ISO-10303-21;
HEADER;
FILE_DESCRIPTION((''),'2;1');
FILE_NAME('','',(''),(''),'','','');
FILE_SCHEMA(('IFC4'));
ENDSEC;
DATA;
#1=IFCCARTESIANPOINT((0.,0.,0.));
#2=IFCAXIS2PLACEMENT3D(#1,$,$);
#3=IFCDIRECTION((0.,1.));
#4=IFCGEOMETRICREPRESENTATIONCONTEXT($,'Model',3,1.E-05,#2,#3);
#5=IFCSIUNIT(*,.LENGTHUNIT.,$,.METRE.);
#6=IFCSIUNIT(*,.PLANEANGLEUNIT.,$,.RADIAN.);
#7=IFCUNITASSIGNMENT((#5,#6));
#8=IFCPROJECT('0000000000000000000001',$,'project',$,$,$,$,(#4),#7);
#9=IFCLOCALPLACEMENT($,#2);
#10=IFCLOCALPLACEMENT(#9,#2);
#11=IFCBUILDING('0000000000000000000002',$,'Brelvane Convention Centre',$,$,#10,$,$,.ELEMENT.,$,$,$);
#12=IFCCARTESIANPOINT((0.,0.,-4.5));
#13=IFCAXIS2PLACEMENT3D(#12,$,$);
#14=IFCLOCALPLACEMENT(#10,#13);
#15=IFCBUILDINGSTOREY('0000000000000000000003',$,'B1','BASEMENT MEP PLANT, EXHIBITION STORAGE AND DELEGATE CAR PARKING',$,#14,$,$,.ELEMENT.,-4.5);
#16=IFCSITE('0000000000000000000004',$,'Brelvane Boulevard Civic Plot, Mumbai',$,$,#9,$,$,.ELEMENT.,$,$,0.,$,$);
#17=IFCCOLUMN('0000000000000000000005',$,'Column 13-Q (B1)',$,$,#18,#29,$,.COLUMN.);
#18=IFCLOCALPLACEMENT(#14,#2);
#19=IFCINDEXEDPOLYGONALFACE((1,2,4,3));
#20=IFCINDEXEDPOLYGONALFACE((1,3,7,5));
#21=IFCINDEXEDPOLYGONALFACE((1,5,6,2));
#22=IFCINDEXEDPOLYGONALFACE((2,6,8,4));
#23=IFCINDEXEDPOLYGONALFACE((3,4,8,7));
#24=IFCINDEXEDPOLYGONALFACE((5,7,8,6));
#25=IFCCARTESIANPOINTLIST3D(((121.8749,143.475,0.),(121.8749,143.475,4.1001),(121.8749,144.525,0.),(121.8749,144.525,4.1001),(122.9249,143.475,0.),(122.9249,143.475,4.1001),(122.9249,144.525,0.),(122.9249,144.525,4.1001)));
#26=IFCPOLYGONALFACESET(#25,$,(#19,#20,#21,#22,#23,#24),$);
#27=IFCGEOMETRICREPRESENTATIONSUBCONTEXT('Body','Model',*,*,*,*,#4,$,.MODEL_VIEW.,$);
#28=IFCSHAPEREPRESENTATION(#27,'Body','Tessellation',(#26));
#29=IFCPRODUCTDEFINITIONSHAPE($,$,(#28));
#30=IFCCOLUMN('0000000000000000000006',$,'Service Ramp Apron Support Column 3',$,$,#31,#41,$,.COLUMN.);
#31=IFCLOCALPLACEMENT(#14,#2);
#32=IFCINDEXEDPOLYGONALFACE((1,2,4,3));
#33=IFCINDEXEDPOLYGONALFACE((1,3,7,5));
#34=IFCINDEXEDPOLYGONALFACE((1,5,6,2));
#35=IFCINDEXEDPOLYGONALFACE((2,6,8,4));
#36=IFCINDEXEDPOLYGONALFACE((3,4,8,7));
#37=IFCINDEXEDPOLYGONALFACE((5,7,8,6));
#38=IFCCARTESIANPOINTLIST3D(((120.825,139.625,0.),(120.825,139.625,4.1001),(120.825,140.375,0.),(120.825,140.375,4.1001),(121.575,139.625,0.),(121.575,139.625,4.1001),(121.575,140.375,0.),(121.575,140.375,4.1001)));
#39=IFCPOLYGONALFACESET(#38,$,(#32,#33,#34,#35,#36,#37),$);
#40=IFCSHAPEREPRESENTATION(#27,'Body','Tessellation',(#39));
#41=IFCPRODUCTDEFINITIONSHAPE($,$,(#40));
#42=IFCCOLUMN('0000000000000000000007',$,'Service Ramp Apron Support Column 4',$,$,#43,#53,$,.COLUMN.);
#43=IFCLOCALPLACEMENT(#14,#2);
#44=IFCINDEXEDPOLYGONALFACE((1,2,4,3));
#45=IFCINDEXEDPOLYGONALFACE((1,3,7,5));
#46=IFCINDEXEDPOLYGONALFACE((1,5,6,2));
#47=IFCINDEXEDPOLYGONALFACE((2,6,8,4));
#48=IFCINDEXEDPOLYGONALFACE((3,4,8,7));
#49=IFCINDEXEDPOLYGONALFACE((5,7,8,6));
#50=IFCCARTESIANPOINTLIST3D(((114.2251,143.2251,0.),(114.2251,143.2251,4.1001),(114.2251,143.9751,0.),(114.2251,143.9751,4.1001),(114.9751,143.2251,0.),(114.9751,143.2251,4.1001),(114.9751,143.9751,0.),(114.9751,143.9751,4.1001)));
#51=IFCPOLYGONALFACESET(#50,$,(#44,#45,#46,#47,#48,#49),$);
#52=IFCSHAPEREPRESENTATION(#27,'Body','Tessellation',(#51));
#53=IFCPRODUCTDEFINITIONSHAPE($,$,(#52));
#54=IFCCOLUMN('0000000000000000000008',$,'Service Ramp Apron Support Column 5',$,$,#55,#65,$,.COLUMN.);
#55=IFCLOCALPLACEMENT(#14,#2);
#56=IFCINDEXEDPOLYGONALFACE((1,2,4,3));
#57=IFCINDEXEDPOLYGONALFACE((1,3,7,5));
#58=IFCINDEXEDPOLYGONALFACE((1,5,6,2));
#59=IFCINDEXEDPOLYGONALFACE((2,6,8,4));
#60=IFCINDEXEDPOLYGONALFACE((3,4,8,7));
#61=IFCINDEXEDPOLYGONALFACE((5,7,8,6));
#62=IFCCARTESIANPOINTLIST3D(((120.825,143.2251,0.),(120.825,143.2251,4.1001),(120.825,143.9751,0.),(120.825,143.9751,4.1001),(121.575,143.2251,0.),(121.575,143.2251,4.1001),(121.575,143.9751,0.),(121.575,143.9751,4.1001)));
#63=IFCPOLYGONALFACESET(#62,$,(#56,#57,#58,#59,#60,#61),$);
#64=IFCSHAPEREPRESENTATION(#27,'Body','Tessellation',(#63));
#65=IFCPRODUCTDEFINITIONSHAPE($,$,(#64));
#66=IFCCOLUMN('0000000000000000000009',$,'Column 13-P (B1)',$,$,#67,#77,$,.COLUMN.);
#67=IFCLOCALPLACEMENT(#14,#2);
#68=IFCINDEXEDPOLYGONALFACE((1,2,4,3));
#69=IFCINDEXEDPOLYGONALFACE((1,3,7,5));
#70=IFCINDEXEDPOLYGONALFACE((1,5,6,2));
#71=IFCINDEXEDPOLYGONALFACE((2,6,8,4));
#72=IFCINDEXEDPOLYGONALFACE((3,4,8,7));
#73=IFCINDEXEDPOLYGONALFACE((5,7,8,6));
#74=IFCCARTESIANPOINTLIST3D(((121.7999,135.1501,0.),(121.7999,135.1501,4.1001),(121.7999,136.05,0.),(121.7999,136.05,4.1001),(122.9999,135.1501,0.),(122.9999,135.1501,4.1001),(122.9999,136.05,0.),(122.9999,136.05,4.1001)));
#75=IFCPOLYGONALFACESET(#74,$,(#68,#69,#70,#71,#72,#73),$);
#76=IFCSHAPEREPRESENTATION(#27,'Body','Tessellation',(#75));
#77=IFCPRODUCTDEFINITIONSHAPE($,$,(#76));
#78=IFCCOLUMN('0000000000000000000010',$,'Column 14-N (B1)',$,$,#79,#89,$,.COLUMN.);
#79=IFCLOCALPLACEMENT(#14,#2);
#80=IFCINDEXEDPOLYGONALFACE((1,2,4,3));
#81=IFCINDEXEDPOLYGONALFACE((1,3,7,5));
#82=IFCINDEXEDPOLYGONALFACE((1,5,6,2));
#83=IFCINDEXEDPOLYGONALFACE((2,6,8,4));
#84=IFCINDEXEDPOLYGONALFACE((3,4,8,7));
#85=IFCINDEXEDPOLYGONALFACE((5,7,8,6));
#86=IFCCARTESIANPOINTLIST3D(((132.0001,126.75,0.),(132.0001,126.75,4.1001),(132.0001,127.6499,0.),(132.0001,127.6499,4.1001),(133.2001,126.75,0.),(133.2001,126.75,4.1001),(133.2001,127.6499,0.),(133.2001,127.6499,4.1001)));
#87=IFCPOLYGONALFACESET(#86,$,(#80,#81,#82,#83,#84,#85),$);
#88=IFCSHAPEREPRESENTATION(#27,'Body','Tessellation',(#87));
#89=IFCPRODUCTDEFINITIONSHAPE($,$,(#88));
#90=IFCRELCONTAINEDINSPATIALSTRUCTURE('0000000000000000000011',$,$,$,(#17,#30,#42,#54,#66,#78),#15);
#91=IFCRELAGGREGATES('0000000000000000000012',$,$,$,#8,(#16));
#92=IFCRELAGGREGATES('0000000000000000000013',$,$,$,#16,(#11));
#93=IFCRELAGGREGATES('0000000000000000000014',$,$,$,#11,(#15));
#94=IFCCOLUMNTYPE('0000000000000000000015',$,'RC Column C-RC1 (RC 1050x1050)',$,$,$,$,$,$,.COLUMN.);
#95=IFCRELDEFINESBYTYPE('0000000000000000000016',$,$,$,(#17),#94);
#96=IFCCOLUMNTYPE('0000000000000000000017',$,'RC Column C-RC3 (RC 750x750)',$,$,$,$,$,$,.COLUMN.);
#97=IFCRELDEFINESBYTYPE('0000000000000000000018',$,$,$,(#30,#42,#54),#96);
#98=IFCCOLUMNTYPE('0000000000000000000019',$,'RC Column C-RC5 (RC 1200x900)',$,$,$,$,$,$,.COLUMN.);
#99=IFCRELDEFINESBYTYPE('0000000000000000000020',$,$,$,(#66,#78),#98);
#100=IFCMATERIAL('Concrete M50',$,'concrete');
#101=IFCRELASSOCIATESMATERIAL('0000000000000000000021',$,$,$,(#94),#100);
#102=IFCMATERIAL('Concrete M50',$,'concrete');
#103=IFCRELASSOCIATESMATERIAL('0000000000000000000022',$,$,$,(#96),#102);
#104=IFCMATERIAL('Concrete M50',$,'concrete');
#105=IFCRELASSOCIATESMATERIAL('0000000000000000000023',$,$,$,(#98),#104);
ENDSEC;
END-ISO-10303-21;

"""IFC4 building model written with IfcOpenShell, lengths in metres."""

from ifc_helpers import new_model, si_unit, direction, frame, origin, origin_2d, place, context, subcontext, project, spatial, rectangle, extrude, material, material_profile, profile_set, type_object, element, save


model = new_model("IFC4")

# Units and contexts
model_context = context("Model", 3, precision=1e-05, world=origin(), true_north=direction((0.0, 1.0)))
body_context = subcontext(model_context, "Body", "Model", "MODEL_VIEW")
ifc_project = project(units=[si_unit("LENGTHUNIT", "METRE"), si_unit("PLANEANGLEUNIT", "RADIAN")], contexts=[model_context])

# Site, building, storey
site_placement = place(None, origin())
site = spatial("IfcSite", under=ifc_project, at=site_placement, Name="Brelvane Boulevard Civic Plot, Mumbai", CompositionType="ELEMENT", RefElevation=0.0)
building_placement = place(site_placement, origin())
building = spatial("IfcBuilding", under=site, at=building_placement, Name="Brelvane Convention Centre", CompositionType="ELEMENT")
storey_placement = place(building_placement, frame((0.0, 0.0, -4.5)))
storey = spatial("IfcBuildingStorey", under=building, at=storey_placement, Name="B1", Description="BASEMENT MEP PLANT, EXHIBITION STORAGE AND DELEGATE CAR PARKING", CompositionType="ELEMENT", Elevation=-4.5)

# Columns
ifc_material_1 = material(Name="Concrete M50", Category="concrete")
ifc_material_profile_1 = material_profile(ifc_material_1, rectangle(XDim=1.05, YDim=1.05, at=origin_2d()), Name="RC 1050x1050")
ifc_profile_set_1 = profile_set([ifc_material_profile_1], Name="Concrete M50")
column_type_1 = type_object("IfcColumnType", Name="RC Column C-RC1 (RC 1050x1050)", PredefinedType="COLUMN", material=ifc_profile_set_1)
column_placement = place(storey_placement, frame((122.3999, 144.0, 0.0), z_axis=(0.0, 0.0, 1.0), x_axis=(1.0, 0.0, 0.0)))
element("IfcColumn", 1, at=column_placement, inside=storey, type_object=column_type_1, Name="Column 13-Q (B1)", PredefinedType="COLUMN", context=body_context, shape_type="SweptSolid", body=[
    extrude(rectangle(XDim=1.05, YDim=1.05, at=origin_2d()), origin(), (0.0, 0.0, 1.0), 4.1001),
])
ifc_material_2 = material(Name="Concrete M50", Category="concrete")
ifc_material_profile_2 = material_profile(ifc_material_2, rectangle(XDim=0.75, YDim=0.75, at=origin_2d()), Name="RC 750x750")
ifc_profile_set_2 = profile_set([ifc_material_profile_2], Name="Concrete M50")
column_type_2 = type_object("IfcColumnType", Name="RC Column C-RC3 (RC 750x750)", PredefinedType="COLUMN", material=ifc_profile_set_2)
for number, where, z_axis, x_axis, name in (
    (2, (121.2, 140.0, 0.0), (0.0, 0.0, 1.0), (1.0, 0.0, 0.0), "Service Ramp Apron Support Column 3"),
    (3, (114.6001, 143.6001, 0.0), (0.0, 0.0, 1.0), (1.0, 0.0, 0.0), "Service Ramp Apron Support Column 4"),
    (4, (121.2, 143.6001, 0.0), (0.0, 0.0, 1.0), (1.0, 0.0, 0.0), "Service Ramp Apron Support Column 5"),
):
    element("IfcColumn", number, at=place(storey_placement, frame(where, z_axis=z_axis, x_axis=x_axis)), inside=storey, type_object=column_type_2, Name=name, PredefinedType="COLUMN", context=body_context, shape_type="SweptSolid", body=[
        extrude(rectangle(XDim=0.75, YDim=0.75, at=origin_2d()), origin(), (0.0, 0.0, 1.0), 4.1001),
    ])
ifc_material_3 = material(Name="Concrete M50", Category="concrete")
ifc_material_profile_3 = material_profile(ifc_material_3, rectangle(XDim=1.2, YDim=0.8999, at=origin_2d()), Name="RC 1200x900")
ifc_profile_set_3 = profile_set([ifc_material_profile_3], Name="Concrete M50")
column_type_3 = type_object("IfcColumnType", Name="RC Column C-RC5 (RC 1200x900)", PredefinedType="COLUMN", material=ifc_profile_set_3)
for number, where, z_axis, x_axis, name in (
    (5, (122.3999, 135.6001, 0.0), (0.0, 0.0, 1.0), (1.0, 0.0, 0.0), "Column 13-P (B1)"),
    (6, (132.6001, 127.2, 0.0), (0.0, 0.0, 1.0), (1.0, 0.0, 0.0), "Column 14-N (B1)"),
):
    element("IfcColumn", number, at=place(storey_placement, frame(where, z_axis=z_axis, x_axis=x_axis)), inside=storey, type_object=column_type_3, Name=name, PredefinedType="COLUMN", context=body_context, shape_type="SweptSolid", body=[
        extrude(rectangle(XDim=1.2, YDim=0.8999, at=origin_2d()), origin(), (0.0, 0.0, 1.0), 4.1001),
    ])

save(model, "model.ifc")
